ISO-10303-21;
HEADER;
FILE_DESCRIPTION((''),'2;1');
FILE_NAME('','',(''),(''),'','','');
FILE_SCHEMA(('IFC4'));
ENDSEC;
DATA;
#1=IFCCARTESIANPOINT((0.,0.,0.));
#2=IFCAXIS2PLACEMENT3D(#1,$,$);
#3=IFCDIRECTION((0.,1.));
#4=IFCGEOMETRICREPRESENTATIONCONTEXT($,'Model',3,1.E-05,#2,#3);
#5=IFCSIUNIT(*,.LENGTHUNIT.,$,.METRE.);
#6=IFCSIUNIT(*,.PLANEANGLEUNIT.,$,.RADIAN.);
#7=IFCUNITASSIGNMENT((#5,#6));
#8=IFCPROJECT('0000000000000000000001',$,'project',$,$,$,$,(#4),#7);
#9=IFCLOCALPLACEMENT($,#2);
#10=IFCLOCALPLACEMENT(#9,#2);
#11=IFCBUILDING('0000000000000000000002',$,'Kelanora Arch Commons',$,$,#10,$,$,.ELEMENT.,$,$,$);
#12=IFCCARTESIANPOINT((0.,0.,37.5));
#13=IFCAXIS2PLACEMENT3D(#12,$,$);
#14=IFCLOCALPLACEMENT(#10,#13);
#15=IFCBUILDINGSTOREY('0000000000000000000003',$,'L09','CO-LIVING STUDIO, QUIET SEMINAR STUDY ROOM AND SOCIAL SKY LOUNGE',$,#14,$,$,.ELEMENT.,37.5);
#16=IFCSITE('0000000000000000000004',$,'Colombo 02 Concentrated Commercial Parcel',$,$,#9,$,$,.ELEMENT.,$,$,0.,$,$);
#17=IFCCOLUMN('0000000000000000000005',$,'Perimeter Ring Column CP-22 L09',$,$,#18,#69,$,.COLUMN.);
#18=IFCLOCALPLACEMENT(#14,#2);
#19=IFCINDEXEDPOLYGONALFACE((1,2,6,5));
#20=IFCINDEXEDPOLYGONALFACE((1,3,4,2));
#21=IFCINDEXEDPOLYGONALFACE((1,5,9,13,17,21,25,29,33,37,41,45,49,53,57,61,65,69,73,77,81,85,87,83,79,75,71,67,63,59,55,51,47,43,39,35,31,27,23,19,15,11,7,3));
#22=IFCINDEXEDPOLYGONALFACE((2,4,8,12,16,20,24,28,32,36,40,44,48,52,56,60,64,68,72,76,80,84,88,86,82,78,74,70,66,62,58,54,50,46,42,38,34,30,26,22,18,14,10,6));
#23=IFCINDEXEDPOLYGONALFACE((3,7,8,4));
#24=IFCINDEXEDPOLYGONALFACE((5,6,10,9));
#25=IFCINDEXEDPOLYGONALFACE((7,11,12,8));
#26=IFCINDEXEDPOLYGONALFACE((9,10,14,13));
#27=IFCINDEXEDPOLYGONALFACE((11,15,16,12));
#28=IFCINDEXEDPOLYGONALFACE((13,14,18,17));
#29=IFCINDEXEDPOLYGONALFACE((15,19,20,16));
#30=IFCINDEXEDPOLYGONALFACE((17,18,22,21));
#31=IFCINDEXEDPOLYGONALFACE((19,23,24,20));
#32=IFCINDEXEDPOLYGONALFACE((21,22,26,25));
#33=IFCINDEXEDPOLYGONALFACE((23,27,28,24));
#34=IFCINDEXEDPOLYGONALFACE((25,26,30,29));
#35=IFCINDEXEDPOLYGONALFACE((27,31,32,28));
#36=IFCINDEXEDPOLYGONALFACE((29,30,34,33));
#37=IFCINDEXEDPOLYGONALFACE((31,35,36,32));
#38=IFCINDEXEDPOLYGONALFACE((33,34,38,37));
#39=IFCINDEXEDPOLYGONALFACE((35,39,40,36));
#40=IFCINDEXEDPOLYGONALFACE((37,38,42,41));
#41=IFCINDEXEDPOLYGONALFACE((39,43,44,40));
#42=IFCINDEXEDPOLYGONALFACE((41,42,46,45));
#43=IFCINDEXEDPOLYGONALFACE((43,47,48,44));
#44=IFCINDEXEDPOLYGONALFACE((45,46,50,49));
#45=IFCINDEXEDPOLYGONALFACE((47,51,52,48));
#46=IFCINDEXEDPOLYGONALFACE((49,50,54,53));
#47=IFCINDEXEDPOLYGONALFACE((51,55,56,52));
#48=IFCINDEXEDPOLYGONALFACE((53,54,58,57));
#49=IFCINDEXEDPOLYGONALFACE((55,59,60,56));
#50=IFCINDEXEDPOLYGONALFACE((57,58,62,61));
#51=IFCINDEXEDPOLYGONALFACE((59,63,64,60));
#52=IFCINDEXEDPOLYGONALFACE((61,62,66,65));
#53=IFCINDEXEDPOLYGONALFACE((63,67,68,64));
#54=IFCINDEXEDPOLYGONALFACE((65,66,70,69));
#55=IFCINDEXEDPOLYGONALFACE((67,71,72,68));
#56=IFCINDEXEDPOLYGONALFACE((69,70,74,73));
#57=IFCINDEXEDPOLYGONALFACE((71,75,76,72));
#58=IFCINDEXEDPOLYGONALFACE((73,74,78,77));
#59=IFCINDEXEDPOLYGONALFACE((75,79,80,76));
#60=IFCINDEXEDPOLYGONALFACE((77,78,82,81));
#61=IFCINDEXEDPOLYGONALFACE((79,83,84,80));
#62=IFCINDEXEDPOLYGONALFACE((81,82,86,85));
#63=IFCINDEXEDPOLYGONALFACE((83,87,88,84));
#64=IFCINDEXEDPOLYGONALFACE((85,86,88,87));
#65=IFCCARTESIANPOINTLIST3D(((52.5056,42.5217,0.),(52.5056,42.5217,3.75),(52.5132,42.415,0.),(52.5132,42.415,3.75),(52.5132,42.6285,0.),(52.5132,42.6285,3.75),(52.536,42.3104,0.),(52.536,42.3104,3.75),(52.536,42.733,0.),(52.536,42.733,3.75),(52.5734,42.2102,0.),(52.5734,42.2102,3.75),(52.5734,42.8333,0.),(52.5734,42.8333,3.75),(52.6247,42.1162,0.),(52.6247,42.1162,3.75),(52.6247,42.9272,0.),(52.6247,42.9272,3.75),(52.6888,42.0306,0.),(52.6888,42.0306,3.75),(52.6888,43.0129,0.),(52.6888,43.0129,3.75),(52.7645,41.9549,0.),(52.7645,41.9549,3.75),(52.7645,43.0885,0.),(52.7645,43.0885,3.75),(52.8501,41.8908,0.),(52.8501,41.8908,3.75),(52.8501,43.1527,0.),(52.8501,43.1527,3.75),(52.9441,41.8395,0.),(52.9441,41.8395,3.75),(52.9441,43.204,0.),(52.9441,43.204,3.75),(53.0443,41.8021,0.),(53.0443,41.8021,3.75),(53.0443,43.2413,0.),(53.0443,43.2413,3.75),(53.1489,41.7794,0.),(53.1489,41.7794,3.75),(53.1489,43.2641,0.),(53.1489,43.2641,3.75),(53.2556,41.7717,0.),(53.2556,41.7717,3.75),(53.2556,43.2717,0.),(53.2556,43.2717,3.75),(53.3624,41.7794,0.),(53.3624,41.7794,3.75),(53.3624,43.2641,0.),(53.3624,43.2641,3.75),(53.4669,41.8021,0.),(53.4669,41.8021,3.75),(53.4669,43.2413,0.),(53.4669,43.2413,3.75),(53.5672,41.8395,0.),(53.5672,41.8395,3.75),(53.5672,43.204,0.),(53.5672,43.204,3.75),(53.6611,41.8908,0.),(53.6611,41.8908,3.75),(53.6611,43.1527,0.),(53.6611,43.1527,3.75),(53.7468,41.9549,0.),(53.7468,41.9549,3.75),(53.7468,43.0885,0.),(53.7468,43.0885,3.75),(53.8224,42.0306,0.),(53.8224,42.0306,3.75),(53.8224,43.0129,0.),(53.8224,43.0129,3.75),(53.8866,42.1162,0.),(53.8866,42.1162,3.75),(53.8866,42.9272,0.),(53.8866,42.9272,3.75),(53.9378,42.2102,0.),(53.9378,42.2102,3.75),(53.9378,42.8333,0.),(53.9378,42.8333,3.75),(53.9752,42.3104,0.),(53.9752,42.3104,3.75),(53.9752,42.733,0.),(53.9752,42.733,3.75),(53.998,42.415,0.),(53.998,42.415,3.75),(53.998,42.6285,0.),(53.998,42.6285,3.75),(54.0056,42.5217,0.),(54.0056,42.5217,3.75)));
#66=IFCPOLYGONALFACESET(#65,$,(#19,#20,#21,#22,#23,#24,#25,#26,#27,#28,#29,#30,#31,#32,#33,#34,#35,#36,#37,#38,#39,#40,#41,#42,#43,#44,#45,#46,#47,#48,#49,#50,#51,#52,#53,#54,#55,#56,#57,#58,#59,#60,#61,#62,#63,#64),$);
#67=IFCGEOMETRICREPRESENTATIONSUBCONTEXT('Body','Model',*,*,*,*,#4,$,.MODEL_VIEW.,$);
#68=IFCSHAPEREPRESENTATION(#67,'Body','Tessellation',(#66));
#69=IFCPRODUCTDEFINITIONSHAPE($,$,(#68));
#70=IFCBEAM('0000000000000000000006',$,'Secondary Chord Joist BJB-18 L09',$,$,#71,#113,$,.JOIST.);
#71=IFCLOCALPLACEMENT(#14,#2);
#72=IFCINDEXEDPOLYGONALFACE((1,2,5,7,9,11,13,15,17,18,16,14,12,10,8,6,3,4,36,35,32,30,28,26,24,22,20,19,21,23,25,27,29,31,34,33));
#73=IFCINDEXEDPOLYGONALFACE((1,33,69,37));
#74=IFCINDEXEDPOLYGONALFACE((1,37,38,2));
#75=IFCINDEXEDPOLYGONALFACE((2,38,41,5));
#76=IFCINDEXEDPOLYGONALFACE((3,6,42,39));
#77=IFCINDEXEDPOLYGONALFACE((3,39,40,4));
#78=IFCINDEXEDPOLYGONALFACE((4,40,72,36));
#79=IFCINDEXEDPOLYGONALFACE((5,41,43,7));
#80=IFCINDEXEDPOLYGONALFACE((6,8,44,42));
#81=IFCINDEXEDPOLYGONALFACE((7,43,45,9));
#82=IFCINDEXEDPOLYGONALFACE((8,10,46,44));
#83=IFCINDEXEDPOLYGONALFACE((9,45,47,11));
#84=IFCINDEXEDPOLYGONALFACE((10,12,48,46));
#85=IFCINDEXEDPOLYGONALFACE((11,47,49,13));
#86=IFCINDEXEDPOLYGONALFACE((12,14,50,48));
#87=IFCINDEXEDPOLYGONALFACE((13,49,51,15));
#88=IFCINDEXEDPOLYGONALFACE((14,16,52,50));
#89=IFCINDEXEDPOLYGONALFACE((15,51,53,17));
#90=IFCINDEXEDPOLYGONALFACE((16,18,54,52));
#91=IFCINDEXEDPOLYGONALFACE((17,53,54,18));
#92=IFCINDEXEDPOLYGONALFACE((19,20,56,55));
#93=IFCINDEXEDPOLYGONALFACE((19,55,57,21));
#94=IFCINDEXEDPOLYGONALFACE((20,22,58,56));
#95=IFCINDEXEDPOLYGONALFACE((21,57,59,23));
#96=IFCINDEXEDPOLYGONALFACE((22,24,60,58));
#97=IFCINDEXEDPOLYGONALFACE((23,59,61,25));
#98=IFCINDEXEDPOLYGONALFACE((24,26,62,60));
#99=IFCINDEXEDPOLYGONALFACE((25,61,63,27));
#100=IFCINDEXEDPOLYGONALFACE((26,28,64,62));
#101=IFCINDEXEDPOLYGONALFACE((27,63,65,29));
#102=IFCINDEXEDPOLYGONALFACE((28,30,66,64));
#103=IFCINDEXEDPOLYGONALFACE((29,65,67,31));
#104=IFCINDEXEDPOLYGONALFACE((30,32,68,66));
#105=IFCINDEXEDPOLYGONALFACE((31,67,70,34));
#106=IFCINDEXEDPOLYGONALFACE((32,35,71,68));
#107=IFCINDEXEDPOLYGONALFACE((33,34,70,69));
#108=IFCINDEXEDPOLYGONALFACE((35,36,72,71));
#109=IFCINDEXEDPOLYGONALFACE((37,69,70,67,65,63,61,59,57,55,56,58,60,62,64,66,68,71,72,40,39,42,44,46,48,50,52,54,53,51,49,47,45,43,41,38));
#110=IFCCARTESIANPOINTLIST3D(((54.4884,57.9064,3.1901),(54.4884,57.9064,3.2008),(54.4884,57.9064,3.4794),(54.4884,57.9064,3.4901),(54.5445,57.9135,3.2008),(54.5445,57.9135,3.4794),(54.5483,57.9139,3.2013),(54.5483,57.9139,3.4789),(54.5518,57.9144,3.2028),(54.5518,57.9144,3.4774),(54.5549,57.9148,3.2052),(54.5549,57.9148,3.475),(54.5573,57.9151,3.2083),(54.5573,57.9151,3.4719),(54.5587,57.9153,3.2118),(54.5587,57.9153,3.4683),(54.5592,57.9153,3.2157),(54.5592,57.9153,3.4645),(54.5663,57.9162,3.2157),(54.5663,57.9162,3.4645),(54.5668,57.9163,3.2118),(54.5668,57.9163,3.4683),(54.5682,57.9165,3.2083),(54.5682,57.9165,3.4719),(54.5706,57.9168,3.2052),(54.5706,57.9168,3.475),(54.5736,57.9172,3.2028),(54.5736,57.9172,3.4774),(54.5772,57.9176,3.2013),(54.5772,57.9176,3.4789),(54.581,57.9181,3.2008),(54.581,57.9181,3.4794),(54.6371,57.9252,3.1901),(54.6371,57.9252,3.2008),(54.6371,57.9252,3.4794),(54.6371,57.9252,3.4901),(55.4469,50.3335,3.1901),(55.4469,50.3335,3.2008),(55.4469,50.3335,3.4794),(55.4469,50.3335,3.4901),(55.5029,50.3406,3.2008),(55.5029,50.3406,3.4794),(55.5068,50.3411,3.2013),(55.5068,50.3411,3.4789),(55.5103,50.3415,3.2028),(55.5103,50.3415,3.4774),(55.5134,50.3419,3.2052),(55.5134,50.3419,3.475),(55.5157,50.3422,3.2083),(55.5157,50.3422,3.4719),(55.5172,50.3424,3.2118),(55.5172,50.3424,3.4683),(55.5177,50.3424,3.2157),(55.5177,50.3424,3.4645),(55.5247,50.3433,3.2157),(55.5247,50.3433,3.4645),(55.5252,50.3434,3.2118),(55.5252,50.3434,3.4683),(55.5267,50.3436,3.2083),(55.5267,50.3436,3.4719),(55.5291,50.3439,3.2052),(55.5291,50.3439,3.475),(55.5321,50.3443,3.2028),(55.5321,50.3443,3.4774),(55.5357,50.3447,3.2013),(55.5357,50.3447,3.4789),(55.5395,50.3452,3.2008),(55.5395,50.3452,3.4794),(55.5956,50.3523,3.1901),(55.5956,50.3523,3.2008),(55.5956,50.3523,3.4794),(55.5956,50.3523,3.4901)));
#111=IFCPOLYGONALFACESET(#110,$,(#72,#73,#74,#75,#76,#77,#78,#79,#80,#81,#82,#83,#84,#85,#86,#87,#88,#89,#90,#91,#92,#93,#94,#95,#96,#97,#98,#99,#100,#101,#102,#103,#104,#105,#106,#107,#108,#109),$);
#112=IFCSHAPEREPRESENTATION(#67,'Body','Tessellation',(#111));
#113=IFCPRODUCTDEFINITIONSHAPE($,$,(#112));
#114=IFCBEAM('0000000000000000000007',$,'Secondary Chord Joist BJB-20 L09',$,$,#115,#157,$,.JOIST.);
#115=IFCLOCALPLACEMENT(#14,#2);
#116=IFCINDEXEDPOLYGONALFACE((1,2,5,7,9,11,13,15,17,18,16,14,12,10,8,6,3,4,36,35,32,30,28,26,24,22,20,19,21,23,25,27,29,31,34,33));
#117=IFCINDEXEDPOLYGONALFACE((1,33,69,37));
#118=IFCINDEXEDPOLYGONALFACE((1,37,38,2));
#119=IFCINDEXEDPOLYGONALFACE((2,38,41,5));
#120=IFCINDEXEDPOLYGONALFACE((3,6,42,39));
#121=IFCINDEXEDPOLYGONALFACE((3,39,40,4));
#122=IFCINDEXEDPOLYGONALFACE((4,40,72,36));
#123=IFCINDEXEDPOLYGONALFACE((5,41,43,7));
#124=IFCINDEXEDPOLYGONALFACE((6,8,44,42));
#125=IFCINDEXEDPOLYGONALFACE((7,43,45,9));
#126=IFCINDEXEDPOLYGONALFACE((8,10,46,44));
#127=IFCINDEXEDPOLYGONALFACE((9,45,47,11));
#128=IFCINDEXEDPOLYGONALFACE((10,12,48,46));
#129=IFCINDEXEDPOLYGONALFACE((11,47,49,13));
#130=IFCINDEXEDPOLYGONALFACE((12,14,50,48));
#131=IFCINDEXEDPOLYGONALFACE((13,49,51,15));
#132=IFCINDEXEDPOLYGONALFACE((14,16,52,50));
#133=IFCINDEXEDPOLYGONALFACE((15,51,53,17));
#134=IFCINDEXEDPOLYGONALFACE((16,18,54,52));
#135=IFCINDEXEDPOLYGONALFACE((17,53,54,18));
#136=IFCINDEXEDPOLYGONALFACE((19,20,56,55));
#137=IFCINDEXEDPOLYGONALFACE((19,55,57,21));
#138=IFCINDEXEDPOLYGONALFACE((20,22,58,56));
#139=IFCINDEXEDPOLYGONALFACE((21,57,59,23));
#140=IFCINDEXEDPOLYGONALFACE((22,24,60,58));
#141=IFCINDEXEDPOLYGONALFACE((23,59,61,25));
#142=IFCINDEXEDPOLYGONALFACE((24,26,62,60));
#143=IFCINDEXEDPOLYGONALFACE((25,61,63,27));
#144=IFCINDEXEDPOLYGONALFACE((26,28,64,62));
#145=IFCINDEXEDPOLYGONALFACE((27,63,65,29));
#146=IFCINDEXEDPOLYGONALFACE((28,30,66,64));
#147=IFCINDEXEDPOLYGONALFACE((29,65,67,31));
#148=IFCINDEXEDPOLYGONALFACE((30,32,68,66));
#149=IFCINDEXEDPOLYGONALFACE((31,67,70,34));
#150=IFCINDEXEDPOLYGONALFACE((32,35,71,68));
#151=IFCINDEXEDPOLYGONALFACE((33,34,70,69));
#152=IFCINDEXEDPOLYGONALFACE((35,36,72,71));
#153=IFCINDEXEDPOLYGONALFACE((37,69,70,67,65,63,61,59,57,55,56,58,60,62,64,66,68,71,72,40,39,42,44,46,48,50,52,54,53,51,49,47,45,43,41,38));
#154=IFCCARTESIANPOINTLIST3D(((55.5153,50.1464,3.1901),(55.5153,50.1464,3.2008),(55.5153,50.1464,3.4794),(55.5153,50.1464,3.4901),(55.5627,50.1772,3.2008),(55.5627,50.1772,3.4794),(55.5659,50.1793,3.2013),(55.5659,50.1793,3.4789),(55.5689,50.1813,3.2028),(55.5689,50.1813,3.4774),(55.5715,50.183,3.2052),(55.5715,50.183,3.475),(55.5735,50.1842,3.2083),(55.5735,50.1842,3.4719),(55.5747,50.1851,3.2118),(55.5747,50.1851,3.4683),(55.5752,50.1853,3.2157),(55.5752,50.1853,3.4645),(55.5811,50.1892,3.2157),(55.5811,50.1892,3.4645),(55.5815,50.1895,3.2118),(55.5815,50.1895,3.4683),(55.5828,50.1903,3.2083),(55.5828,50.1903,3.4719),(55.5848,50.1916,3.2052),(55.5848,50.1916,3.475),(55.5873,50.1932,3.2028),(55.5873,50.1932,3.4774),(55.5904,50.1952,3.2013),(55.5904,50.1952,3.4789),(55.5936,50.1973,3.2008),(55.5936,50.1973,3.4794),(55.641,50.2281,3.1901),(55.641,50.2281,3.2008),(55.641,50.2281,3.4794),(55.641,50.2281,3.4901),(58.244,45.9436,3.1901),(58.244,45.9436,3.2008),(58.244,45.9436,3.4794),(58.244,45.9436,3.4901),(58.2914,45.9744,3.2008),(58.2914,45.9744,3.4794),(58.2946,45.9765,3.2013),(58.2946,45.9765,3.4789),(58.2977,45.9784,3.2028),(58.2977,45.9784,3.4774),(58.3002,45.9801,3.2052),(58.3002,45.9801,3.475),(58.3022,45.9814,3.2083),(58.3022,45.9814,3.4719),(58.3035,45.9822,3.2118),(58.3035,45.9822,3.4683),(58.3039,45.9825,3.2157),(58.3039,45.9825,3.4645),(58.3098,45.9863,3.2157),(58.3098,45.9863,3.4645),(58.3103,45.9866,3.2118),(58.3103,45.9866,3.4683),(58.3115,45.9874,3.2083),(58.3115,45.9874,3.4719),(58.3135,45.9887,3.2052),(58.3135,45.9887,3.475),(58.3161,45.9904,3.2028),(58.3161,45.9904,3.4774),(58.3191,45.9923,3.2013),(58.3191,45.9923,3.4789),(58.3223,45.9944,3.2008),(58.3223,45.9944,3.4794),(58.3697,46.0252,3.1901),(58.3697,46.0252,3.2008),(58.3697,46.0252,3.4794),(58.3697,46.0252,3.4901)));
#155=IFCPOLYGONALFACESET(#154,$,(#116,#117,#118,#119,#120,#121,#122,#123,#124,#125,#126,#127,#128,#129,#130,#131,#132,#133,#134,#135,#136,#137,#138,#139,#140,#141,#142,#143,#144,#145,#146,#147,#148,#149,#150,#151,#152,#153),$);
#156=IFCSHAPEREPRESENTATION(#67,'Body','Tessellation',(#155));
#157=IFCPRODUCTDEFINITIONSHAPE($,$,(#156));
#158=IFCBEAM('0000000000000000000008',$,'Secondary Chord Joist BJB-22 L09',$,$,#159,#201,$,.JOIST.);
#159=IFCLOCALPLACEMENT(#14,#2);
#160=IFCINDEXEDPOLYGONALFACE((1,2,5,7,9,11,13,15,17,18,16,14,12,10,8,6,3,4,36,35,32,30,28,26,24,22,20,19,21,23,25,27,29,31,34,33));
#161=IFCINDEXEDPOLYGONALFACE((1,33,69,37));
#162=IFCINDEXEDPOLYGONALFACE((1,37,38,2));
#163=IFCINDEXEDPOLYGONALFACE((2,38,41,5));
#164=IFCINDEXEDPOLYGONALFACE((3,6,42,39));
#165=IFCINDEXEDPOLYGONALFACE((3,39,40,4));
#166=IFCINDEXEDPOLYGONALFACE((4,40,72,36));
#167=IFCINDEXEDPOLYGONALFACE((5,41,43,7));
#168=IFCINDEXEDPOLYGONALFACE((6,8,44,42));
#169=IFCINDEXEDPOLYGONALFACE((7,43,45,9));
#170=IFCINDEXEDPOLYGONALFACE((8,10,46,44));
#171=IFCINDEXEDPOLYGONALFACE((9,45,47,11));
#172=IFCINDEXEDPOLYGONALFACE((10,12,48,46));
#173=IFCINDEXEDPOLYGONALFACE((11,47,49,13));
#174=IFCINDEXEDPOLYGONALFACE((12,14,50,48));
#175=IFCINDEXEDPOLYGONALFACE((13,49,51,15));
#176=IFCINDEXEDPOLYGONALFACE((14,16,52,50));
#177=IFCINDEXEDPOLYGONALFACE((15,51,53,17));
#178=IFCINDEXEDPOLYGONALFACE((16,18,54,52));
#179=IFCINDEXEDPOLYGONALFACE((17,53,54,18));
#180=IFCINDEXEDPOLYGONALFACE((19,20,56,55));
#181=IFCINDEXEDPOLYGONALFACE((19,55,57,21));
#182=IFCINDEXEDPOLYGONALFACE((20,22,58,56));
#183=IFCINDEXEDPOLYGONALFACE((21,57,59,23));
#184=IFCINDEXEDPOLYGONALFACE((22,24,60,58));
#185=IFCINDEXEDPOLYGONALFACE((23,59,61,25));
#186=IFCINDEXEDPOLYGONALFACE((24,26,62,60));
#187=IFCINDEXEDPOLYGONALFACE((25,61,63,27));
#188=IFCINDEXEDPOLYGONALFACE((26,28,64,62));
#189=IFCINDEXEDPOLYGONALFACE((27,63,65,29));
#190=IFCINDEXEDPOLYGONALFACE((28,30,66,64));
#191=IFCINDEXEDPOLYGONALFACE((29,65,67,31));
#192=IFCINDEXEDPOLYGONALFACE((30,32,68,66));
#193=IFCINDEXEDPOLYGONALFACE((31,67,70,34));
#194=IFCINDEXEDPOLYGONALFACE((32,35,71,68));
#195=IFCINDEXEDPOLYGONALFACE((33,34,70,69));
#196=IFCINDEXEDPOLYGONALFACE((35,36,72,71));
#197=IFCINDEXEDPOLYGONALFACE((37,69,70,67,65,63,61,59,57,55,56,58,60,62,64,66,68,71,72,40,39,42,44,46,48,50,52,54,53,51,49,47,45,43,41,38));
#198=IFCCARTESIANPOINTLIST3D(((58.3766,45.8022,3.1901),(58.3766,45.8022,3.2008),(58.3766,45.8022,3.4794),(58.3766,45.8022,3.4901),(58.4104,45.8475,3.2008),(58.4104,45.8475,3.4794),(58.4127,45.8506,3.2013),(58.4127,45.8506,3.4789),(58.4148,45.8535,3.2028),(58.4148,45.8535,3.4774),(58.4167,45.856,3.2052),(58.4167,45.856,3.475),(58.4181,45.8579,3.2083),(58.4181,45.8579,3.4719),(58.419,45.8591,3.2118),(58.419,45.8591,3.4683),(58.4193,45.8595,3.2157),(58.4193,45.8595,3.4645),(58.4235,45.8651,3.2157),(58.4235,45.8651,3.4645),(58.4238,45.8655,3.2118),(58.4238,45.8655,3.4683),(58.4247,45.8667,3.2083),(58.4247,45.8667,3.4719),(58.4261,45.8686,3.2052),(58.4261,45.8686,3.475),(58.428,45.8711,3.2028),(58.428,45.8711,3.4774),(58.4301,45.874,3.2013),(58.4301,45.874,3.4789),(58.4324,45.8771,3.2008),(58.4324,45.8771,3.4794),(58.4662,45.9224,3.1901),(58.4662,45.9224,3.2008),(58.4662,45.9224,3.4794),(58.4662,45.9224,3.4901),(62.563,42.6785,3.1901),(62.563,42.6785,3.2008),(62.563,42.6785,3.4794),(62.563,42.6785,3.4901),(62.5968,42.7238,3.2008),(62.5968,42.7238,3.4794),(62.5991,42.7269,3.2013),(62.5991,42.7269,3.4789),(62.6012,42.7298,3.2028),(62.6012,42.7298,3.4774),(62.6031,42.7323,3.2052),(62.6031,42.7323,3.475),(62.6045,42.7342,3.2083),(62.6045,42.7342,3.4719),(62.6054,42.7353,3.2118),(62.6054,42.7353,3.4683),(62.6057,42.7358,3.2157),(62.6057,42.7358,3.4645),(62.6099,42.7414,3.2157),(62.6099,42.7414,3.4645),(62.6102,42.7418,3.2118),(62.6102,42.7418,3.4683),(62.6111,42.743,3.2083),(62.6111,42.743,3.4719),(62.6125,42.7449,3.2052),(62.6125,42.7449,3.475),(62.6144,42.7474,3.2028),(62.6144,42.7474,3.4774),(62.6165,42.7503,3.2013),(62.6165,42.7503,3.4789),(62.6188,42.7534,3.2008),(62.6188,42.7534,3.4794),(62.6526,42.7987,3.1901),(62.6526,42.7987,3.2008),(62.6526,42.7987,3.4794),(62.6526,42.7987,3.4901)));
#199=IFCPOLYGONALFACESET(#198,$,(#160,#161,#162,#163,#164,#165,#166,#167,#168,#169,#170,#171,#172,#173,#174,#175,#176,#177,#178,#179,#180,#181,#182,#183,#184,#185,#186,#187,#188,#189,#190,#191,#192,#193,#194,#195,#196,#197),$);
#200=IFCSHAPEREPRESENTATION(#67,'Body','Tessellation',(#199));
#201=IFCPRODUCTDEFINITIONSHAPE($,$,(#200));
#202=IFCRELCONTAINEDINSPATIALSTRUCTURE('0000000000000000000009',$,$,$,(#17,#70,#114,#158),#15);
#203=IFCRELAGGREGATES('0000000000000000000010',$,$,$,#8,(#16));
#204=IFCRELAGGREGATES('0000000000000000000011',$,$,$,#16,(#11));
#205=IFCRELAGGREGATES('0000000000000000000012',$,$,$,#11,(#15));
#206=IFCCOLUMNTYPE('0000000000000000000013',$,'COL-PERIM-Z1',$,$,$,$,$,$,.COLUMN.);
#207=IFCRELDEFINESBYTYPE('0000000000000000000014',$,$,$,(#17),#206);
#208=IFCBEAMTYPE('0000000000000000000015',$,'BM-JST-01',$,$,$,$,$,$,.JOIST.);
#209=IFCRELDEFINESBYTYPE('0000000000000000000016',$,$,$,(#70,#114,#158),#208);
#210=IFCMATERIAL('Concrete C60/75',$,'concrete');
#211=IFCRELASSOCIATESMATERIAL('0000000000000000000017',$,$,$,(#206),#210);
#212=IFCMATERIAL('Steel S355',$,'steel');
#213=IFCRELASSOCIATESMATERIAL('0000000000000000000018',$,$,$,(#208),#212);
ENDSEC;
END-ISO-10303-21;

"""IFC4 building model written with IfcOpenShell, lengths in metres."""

from ifc_helpers import new_model, si_unit, direction, frame, origin, origin_2d, place, context, subcontext, project, spatial, circle, i_section, extrude, material, material_profile, profile_set, type_object, element, save


model = new_model("IFC4")

# Units and contexts
model_context = context("Model", 3, precision=1e-05, world=origin(), true_north=direction((0.0, 1.0)))
body_context = subcontext(model_context, "Body", "Model", "MODEL_VIEW")
ifc_project = project(units=[si_unit("LENGTHUNIT", "METRE"), si_unit("PLANEANGLEUNIT", "RADIAN")], contexts=[model_context])

# Site, building, storey
site_placement = place(None, origin())
site = spatial("IfcSite", under=ifc_project, at=site_placement, Name="Colombo 02 Concentrated Commercial Parcel", CompositionType="ELEMENT", RefElevation=0.0)
building_placement = place(site_placement, origin())
building = spatial("IfcBuilding", under=site, at=building_placement, Name="Kelanora Arch Commons", CompositionType="ELEMENT")
storey_placement = place(building_placement, frame((0.0, 0.0, 37.5)))
storey = spatial("IfcBuildingStorey", under=building, at=storey_placement, Name="L09", Description="CO-LIVING STUDIO, QUIET SEMINAR STUDY ROOM AND SOCIAL SKY LOUNGE", CompositionType="ELEMENT", Elevation=37.5)

# Column
ifc_material_1 = material(Name="Concrete C60/75", Category="concrete")
ifc_material_profile_1 = material_profile(ifc_material_1, circle(Radius=0.75, at=origin_2d()), Name="RCC1500")
ifc_profile_set_1 = profile_set([ifc_material_profile_1], Name="Concrete C60/75")
column_type = type_object("IfcColumnType", Name="COL-PERIM-Z1", PredefinedType="COLUMN", material=ifc_profile_set_1)
column_placement = place(storey_placement, frame((53.2556, 42.5217, 0.0), z_axis=(0.0, 0.0, 1.0), x_axis=(1.0, 0.0, 0.0)))
element("IfcColumn", 1, at=column_placement, inside=storey, type_object=column_type, Name="Perimeter Ring Column CP-22 L09", PredefinedType="COLUMN", context=body_context, shape_type="SweptSolid", body=[
    extrude(circle(Radius=0.75, at=origin_2d()), origin(), (0.0, 0.0, 1.0), 3.75),
])

# Beams
ifc_material_2 = material(Name="Steel S355", Category="steel")
ifc_material_profile_2 = material_profile(ifc_material_2, i_section(OverallWidth=0.1499, OverallDepth=0.3, WebThickness=0.0071, FlangeThickness=0.0107, FilletRadius=0.0149, at=origin_2d()), Name="IPE300")
ifc_profile_set_2 = profile_set([ifc_material_profile_2], Name="Steel S355")
beam_type_1 = type_object("IfcBeamType", Name="BM-JST-01", PredefinedType="JOIST", material=ifc_profile_set_2)
beam_1_placement = place(storey_placement, frame((54.5627, 57.9158, 3.3401), z_axis=(0.125566, -0.992085, 0.0), x_axis=(0.992085, 0.125566, 0.0)))
element("IfcBeam", 2, at=beam_1_placement, inside=storey, type_object=beam_type_1, Name="Secondary Chord Joist BJB-18 L09", PredefinedType="JOIST", context=body_context, shape_type="SweptSolid", body=[
    extrude(i_section(OverallWidth=0.1499, OverallDepth=0.3, WebThickness=0.0071, FlangeThickness=0.0107, FilletRadius=0.0149, at=origin_2d()), origin(), (0.0, 0.0, 1.0), 7.6333),
])
beam_2_placement = place(storey_placement, frame((55.5781, 50.1873, 3.3401), z_axis=(0.544552, -0.838727, 0.0), x_axis=(0.838727, 0.544552, 0.0)))
element("IfcBeam", 3, at=beam_2_placement, inside=storey, type_object=beam_type_1, Name="Secondary Chord Joist BJB-20 L09", PredefinedType="JOIST", context=body_context, shape_type="SweptSolid", body=[
    extrude(i_section(OverallWidth=0.1499, OverallDepth=0.3, WebThickness=0.0071, FlangeThickness=0.0107, FilletRadius=0.0149, at=origin_2d()), origin(), (0.0, 0.0, 1.0), 5.011),
])
beam_3_placement = place(storey_placement, frame((58.4214, 45.8623, 3.3401), z_axis=(0.801478, -0.598024, 0.0), x_axis=(0.598024, 0.801478, 0.0)))
element("IfcBeam", 4, at=beam_3_placement, inside=storey, type_object=beam_type_1, Name="Secondary Chord Joist BJB-22 L09", PredefinedType="JOIST", context=body_context, shape_type="SweptSolid", body=[
    extrude(i_section(OverallWidth=0.1499, OverallDepth=0.3, WebThickness=0.0071, FlangeThickness=0.0107, FilletRadius=0.0149, at=origin_2d()), origin(), (0.0, 0.0, 1.0), 5.2234),
])

save(model, "model.ifc")
